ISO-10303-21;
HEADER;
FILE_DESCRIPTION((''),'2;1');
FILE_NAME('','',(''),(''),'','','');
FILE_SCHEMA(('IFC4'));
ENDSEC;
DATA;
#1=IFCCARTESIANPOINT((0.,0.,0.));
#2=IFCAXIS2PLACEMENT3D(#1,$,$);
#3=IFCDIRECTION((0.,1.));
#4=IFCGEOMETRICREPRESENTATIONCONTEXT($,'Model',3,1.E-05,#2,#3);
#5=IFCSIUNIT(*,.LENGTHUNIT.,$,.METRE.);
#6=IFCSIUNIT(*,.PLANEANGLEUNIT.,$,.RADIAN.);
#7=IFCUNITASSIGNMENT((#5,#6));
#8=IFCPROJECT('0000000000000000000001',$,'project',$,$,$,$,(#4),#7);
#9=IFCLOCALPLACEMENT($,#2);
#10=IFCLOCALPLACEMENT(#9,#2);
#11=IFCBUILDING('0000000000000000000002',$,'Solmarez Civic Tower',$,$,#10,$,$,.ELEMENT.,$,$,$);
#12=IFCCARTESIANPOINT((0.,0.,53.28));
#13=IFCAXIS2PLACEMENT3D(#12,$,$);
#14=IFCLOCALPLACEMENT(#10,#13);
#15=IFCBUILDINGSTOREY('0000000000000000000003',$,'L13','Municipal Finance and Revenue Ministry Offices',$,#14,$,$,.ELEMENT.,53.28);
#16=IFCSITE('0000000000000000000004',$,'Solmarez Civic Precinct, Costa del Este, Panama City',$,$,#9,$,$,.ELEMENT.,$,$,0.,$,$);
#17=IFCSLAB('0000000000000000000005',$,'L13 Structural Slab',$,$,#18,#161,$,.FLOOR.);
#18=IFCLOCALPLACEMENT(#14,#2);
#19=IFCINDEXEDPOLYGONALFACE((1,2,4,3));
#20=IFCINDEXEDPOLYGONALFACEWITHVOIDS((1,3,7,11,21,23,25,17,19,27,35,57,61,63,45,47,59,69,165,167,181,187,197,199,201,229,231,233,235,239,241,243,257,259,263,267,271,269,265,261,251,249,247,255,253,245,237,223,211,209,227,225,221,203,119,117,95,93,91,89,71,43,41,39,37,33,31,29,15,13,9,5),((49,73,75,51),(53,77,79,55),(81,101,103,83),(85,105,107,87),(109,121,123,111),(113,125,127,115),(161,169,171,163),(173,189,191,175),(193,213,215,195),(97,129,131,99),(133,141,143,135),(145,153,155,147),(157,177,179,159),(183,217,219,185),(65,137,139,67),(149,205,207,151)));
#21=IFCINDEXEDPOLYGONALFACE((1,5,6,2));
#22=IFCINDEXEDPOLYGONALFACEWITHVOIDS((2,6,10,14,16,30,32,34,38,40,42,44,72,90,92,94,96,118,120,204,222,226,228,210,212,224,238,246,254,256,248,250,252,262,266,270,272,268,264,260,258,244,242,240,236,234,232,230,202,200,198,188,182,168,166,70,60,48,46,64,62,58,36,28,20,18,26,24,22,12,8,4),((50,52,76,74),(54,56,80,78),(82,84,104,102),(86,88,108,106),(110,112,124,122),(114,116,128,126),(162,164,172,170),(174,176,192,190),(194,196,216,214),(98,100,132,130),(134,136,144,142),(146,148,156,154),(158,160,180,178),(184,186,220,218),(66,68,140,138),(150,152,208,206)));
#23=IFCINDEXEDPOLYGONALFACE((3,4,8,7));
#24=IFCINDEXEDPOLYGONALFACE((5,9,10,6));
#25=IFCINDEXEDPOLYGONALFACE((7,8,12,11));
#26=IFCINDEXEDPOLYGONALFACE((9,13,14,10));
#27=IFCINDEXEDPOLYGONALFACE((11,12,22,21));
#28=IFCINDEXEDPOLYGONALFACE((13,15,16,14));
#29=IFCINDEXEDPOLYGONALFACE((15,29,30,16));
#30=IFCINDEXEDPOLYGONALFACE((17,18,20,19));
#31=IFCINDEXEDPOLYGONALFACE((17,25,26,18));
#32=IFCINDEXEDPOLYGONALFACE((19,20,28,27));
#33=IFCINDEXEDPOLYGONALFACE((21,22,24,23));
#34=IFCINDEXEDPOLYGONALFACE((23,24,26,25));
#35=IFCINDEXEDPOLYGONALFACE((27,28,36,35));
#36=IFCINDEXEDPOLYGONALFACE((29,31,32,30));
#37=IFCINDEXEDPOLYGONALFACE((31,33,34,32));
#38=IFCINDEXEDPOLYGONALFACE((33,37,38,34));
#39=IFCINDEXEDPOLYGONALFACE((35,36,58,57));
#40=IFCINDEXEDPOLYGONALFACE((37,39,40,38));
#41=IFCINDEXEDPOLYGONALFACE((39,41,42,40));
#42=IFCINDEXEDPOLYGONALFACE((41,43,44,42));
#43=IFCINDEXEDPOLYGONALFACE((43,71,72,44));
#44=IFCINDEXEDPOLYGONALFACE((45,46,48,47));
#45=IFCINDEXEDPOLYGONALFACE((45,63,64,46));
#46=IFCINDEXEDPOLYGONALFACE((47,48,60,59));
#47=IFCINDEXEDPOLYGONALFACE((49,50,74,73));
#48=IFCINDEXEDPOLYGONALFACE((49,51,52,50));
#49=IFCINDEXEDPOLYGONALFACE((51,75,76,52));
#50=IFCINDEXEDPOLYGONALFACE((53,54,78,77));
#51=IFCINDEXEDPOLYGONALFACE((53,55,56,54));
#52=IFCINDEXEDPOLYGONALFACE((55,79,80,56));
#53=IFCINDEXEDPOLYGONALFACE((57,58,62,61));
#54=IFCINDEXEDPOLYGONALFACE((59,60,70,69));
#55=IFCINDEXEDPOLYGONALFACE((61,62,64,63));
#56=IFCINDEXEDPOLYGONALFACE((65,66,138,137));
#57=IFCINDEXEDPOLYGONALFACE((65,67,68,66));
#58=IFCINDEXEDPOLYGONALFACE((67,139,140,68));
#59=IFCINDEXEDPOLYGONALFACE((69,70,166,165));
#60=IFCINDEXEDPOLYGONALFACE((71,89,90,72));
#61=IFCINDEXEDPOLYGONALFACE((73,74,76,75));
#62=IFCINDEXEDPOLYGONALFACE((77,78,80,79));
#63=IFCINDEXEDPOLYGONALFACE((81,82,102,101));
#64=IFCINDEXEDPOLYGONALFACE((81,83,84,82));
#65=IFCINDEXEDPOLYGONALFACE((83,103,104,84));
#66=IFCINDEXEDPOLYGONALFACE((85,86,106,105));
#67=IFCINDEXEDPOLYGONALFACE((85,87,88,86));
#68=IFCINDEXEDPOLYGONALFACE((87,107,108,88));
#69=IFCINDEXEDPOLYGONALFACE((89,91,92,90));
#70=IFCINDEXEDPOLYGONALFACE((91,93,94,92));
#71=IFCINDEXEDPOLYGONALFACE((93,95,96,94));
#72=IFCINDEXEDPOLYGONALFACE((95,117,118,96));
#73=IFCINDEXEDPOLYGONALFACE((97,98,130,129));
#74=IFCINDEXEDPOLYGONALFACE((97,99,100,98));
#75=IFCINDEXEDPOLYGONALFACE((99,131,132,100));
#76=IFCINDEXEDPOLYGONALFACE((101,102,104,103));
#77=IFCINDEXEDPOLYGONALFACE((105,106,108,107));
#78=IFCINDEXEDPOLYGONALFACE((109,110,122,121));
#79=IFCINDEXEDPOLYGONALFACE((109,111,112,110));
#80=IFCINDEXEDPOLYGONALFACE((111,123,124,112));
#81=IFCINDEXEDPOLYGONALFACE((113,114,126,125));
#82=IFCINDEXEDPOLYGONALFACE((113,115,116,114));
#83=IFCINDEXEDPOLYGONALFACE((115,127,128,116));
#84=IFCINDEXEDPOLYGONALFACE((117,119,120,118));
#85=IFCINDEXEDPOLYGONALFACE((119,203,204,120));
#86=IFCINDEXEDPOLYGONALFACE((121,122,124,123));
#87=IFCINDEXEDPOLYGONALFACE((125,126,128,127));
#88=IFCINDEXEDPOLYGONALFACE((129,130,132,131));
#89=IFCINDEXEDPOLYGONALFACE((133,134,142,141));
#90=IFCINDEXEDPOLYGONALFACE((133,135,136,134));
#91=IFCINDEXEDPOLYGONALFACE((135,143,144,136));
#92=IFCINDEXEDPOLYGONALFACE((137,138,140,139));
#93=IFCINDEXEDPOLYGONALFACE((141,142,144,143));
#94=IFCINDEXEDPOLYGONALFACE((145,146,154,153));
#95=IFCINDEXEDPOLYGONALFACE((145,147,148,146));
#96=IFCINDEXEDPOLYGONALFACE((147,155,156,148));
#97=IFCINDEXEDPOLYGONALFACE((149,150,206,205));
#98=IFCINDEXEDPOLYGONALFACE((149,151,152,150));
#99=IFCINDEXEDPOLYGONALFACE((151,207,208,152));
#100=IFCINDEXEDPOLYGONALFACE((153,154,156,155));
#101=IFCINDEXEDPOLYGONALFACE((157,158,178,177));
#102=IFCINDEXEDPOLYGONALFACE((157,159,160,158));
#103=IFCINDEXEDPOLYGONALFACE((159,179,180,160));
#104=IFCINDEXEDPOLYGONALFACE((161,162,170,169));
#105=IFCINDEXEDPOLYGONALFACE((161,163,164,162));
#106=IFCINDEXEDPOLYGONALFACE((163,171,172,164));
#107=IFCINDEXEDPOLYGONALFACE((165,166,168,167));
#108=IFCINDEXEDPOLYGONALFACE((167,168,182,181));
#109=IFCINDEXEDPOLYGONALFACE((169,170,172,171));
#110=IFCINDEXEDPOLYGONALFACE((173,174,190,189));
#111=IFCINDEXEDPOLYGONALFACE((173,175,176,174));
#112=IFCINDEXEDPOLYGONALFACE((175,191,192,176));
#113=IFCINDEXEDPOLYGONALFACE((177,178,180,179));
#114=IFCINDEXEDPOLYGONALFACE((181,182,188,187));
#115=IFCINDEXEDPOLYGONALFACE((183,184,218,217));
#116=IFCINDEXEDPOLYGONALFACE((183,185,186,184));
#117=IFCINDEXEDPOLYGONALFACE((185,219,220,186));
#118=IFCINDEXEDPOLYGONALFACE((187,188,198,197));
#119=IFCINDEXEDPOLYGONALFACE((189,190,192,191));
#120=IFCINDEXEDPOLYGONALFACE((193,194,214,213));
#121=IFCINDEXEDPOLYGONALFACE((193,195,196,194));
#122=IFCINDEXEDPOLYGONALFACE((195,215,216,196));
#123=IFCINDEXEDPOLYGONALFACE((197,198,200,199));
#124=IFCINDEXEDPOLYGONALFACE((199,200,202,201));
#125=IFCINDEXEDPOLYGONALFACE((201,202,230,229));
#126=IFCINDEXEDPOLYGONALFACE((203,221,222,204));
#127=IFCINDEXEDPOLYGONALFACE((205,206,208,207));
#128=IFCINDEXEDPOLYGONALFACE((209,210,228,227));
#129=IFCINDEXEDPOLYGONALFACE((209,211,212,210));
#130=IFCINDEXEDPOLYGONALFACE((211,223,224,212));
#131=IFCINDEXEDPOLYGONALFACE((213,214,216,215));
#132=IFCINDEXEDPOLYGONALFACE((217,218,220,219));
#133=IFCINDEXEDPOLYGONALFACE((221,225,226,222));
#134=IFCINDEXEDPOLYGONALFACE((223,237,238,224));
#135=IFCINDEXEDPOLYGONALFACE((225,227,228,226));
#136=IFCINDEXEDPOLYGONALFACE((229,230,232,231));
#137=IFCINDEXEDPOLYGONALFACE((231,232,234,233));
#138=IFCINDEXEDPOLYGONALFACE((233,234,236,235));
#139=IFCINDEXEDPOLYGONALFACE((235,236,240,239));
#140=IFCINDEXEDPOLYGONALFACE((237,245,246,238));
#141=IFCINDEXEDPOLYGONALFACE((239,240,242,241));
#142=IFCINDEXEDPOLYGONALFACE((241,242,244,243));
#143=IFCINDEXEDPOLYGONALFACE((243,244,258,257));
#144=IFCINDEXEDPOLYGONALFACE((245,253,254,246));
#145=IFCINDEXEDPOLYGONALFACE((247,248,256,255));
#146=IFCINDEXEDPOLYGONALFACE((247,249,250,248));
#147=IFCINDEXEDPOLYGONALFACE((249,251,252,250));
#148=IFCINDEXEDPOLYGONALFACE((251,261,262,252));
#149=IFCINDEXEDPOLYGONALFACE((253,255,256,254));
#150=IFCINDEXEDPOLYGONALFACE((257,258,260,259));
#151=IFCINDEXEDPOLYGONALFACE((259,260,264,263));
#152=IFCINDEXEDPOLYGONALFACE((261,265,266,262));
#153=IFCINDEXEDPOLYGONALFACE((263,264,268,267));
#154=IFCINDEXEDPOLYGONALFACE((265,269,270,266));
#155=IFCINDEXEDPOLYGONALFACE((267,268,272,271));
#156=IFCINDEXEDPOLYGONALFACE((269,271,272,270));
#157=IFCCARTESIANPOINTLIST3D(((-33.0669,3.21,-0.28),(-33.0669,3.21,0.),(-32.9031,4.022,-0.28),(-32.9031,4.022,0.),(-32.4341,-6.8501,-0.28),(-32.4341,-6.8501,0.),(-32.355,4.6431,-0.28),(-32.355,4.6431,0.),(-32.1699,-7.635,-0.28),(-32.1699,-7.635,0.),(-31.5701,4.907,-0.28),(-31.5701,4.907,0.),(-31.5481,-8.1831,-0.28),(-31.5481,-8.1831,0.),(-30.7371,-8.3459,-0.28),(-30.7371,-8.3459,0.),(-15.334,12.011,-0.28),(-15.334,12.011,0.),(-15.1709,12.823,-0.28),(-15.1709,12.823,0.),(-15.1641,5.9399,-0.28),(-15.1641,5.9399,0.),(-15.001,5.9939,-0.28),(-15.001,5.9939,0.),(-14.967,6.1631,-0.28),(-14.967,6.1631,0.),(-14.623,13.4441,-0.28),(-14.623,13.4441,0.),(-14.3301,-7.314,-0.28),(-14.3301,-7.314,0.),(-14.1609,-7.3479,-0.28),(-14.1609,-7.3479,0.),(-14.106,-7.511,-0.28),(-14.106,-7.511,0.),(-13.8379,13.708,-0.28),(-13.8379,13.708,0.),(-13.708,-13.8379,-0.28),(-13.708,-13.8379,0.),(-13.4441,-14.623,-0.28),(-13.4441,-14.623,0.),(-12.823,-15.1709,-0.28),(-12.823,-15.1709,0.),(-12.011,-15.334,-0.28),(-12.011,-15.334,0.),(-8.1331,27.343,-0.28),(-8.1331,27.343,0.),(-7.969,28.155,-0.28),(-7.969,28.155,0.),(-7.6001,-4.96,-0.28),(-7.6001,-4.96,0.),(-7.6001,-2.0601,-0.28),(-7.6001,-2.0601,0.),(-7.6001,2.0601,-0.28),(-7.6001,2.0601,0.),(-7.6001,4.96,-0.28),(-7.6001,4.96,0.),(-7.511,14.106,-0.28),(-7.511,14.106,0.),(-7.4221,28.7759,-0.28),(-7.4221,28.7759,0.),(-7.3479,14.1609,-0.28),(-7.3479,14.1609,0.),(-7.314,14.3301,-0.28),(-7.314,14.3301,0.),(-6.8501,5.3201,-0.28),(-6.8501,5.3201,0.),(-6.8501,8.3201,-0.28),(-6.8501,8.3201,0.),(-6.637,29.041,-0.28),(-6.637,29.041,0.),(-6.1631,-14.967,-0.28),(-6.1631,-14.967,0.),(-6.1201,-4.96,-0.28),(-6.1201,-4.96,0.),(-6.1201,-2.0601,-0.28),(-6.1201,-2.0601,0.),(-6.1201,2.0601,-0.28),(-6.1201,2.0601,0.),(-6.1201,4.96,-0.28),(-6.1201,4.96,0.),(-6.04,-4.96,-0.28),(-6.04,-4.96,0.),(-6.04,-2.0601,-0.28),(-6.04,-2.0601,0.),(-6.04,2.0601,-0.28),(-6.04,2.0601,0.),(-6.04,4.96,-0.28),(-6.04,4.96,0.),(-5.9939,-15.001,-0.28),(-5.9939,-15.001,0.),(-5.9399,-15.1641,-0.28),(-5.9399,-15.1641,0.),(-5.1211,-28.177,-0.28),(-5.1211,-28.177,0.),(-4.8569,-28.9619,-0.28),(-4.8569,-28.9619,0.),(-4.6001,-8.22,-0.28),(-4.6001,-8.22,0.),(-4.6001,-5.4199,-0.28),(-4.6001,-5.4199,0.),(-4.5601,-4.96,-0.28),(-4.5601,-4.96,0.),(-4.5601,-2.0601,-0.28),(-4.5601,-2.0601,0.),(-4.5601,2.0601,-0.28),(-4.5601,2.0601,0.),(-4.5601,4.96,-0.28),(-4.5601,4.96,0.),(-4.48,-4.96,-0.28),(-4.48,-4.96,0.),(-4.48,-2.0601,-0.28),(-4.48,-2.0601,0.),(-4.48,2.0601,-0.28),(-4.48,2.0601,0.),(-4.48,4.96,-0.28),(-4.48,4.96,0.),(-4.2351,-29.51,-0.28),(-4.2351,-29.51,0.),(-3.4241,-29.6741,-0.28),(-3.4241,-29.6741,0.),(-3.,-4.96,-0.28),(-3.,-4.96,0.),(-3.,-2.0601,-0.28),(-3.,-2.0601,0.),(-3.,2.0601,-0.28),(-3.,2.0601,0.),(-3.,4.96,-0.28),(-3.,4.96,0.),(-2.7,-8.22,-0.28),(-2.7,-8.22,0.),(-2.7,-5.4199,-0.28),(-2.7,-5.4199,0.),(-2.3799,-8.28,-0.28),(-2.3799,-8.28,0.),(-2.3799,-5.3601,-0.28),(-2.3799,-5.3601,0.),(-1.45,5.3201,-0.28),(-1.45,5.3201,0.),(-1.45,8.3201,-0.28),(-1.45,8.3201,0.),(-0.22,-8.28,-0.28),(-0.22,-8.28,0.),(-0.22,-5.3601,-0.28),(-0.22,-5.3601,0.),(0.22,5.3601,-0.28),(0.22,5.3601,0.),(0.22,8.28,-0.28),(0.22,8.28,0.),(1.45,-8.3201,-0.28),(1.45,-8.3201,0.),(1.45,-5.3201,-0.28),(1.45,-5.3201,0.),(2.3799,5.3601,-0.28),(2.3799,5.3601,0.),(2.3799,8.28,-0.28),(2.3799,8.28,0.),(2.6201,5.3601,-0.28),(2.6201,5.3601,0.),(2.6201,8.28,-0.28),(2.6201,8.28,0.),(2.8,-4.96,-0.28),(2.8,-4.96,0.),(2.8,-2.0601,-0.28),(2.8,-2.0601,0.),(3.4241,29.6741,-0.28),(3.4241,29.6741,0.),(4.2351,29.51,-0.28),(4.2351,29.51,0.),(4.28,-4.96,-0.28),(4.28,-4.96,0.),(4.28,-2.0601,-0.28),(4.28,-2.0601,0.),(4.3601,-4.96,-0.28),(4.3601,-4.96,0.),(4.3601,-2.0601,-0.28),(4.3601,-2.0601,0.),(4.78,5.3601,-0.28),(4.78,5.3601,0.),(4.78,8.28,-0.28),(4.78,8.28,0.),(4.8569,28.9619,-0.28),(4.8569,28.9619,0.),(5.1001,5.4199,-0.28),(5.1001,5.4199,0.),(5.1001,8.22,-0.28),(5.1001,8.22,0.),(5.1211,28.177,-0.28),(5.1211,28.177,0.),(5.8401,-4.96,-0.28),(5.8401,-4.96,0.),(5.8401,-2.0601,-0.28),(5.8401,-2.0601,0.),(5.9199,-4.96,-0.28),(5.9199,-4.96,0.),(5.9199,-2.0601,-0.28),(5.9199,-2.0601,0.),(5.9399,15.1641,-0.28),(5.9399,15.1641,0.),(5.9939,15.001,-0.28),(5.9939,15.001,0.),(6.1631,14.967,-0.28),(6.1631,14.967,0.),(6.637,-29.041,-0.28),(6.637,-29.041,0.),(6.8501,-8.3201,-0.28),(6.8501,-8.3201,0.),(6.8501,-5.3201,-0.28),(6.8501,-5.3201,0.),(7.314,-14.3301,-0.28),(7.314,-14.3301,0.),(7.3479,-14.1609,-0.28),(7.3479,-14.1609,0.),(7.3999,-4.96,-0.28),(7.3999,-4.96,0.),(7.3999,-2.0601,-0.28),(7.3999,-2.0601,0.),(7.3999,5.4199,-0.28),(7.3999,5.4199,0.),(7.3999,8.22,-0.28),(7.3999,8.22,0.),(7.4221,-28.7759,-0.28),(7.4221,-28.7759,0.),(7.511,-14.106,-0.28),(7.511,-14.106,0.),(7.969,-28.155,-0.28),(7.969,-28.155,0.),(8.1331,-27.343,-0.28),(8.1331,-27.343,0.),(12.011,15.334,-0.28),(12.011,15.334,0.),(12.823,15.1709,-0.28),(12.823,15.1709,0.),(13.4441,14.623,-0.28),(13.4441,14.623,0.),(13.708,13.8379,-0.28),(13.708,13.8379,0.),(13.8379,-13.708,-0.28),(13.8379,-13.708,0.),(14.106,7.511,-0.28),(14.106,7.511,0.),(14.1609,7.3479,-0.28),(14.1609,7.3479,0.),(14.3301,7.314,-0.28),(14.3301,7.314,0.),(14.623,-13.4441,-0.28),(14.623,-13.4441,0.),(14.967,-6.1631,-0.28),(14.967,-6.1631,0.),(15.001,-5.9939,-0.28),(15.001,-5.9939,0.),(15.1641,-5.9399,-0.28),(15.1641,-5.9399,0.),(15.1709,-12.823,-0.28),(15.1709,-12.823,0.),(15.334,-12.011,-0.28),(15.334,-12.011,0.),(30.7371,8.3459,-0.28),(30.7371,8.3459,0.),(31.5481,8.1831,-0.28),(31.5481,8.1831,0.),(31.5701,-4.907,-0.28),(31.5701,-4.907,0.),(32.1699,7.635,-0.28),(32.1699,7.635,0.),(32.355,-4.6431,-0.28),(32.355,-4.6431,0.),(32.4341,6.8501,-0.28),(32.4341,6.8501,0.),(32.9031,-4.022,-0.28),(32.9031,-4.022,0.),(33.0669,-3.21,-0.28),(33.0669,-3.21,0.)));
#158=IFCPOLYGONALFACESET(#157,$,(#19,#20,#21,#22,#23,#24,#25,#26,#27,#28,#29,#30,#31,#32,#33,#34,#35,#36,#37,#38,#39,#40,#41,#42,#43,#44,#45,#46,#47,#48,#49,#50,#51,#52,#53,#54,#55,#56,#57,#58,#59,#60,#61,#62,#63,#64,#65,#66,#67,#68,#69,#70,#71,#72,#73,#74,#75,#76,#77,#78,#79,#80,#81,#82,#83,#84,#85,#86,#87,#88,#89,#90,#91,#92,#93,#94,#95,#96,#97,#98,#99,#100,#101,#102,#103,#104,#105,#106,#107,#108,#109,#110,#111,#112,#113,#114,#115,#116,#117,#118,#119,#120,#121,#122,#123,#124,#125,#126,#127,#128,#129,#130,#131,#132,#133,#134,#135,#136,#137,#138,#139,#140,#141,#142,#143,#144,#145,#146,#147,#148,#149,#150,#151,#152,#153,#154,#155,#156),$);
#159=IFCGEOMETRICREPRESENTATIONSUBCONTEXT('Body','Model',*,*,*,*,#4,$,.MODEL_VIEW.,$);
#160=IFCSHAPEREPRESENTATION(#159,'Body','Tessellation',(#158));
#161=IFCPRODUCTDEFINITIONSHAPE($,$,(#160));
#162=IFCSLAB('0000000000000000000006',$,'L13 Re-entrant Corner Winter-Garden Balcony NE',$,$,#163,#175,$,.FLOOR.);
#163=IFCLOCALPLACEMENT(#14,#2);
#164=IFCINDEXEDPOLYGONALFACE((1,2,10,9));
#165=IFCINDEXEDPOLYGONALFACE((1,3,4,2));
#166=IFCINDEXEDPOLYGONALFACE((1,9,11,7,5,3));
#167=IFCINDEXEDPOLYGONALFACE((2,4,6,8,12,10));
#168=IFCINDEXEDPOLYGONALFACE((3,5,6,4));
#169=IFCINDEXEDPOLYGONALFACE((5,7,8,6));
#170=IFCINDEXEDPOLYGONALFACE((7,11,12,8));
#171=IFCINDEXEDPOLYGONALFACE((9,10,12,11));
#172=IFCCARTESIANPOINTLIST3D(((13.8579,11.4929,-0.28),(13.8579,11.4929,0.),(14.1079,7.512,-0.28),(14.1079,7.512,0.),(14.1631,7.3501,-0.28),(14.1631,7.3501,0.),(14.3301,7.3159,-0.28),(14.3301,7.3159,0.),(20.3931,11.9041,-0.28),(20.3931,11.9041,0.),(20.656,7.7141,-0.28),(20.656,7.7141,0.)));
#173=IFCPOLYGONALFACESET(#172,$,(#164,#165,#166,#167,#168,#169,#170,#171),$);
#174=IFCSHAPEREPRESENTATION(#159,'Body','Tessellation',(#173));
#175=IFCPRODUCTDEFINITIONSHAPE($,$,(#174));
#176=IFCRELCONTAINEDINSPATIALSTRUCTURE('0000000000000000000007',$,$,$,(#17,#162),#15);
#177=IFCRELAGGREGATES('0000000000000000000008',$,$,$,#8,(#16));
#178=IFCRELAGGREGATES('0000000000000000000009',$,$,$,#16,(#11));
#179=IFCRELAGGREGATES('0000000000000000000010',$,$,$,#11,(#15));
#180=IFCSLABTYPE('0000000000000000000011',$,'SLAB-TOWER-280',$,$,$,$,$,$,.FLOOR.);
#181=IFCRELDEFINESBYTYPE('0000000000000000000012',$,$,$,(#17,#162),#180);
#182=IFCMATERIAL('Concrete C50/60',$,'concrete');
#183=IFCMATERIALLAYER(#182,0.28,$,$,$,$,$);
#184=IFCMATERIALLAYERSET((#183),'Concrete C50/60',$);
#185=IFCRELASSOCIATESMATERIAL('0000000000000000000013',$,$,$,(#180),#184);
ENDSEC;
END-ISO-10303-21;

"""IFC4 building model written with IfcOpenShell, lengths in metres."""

from ifc_helpers import new_model, si_unit, direction, frame, origin, place, context, subcontext, project, spatial, polyline, outline, extrude, material, layer, layer_set, type_object, element, save


model = new_model("IFC4")

# Units and contexts
model_context = context("Model", 3, precision=1e-05, world=origin(), true_north=direction((0.0, 1.0)))
body_context = subcontext(model_context, "Body", "Model", "MODEL_VIEW")
ifc_project = project(units=[si_unit("LENGTHUNIT", "METRE"), si_unit("PLANEANGLEUNIT", "RADIAN")], contexts=[model_context])

# Site, building, storey
site_placement = place(None, origin())
site = spatial("IfcSite", under=ifc_project, at=site_placement, Name="Solmarez Civic Precinct, Costa del Este, Panama City", CompositionType="ELEMENT", RefElevation=0.0)
building_placement = place(site_placement, origin())
building = spatial("IfcBuilding", under=site, at=building_placement, Name="Solmarez Civic Tower", CompositionType="ELEMENT")
storey_placement = place(building_placement, frame((0.0, 0.0, 53.28)))
storey = spatial("IfcBuildingStorey", under=building, at=storey_placement, Name="L13", Description="Municipal Finance and Revenue Ministry Offices", CompositionType="ELEMENT", Elevation=53.28)

# Shared definitions
ifc_material_1 = material(Name="Concrete C50/60", Category="concrete")

# Slabs
ifc_layer_1 = layer(ifc_material_1, 0.28)
ifc_layer_set_1 = layer_set([ifc_layer_1], Name="Concrete C50/60")
slab_type_1 = type_object("IfcSlabType", Name="SLAB-TOWER-280", PredefinedType="FLOOR", material=ifc_layer_set_1)
slab_1_placement = place(storey_placement, frame((0.0, 0.0, -0.28)))
element("IfcSlab", 1, at=slab_1_placement, inside=storey, type_object=slab_type_1, Name="L13 Structural Slab", PredefinedType="FLOOR", context=body_context, shape_type="SweptSolid", body=[
    extrude(outline(polyline([(-14.106, -7.511), (-13.708, -13.8379), (-13.4441, -14.623), (-12.823, -15.1709), (-12.011, -15.334), (-6.1631, -14.967), (-5.9939, -15.001), (-5.9399, -15.1641), (-5.1211, -28.177), (-4.8569, -28.9619), (-4.2351, -29.51), (-3.4241, -29.6741), (6.637, -29.041), (7.4221, -28.7759), (7.969, -28.155), (8.1331, -27.343), (7.314, -14.3301), (7.3479, -14.1609), (7.511, -14.106), (13.8379, -13.708), (14.623, -13.4441), (15.1709, -12.823), (15.334, -12.011), (14.967, -6.1631), (15.001, -5.9939), (15.1641, -5.9399), (31.5701, -4.907), (32.355, -4.6431), (32.9031, -4.022), (33.0669, -3.21), (32.4341, 6.8501), (32.1699, 7.635), (31.5481, 8.1831), (30.7371, 8.3459), (14.3301, 7.314), (14.1609, 7.3479), (14.106, 7.511), (13.708, 13.8379), (13.4441, 14.623), (12.823, 15.1709), (12.011, 15.334), (6.1631, 14.967), (5.9939, 15.001), (5.9399, 15.1641), (5.1211, 28.177), (4.8569, 28.9619), (4.2351, 29.51), (3.4241, 29.6741), (-6.637, 29.041), (-7.4221, 28.7759), (-7.969, 28.155), (-8.1331, 27.343), (-7.314, 14.3301), (-7.3479, 14.1609), (-7.511, 14.106), (-13.8379, 13.708), (-14.623, 13.4441), (-15.1709, 12.823), (-15.334, 12.011), (-14.967, 6.1631), (-15.001, 5.9939), (-15.1641, 5.9399), (-31.5701, 4.907), (-32.355, 4.6431), (-32.9031, 4.022), (-33.0669, 3.21), (-32.4341, -6.8501), (-32.1699, -7.635), (-31.5481, -8.1831), (-30.7371, -8.3459), (-14.3301, -7.314), (-14.1609, -7.3479), (-14.106, -7.511)]), holes=[polyline([(-1.45, 8.3201), (-6.8501, 8.3201), (-6.8501, 5.3201), (-1.45, 5.3201), (-1.45, 8.3201)]), polyline([(1.45, -8.3201), (6.8501, -8.3201), (6.8501, -5.3201), (1.45, -5.3201), (1.45, -8.3201)]), polyline([(0.22, 5.3601), (2.3799, 5.3601), (2.3799, 8.28), (0.22, 8.28), (0.22, 5.3601)]), polyline([(2.6201, 5.3601), (4.78, 5.3601), (4.78, 8.28), (2.6201, 8.28), (2.6201, 5.3601)]), polyline([(-2.3799, -8.28), (-0.22, -8.28), (-0.22, -5.3601), (-2.3799, -5.3601), (-2.3799, -8.28)]), polyline([(2.8, -4.96), (4.28, -4.96), (4.28, -2.0601), (2.8, -2.0601), (2.8, -4.96)]), polyline([(4.3601, -4.96), (5.8401, -4.96), (5.8401, -2.0601), (4.3601, -2.0601), (4.3601, -4.96)]), polyline([(5.9199, -4.96), (7.3999, -4.96), (7.3999, -2.0601), (5.9199, -2.0601), (5.9199, -4.96)]), polyline([(-7.6001, -4.96), (-6.1201, -4.96), (-6.1201, -2.0601), (-7.6001, -2.0601), (-7.6001, -4.96)]), polyline([(-6.04, -4.96), (-4.5601, -4.96), (-4.5601, -2.0601), (-6.04, -2.0601), (-6.04, -4.96)]), polyline([(-4.48, -4.96), (-3.0, -4.96), (-3.0, -2.0601), (-4.48, -2.0601), (-4.48, -4.96)]), polyline([(-7.6001, 2.0601), (-6.1201, 2.0601), (-6.1201, 4.96), (-7.6001, 4.96), (-7.6001, 2.0601)]), polyline([(-6.04, 2.0601), (-4.5601, 2.0601), (-4.5601, 4.96), (-6.04, 4.96), (-6.04, 2.0601)]), polyline([(-4.48, 2.0601), (-3.0, 2.0601), (-3.0, 4.96), (-4.48, 4.96), (-4.48, 2.0601)]), polyline([(5.1001, 5.4199), (7.3999, 5.4199), (7.3999, 8.22), (5.1001, 8.22), (5.1001, 5.4199)]), polyline([(-4.6001, -8.22), (-2.7, -8.22), (-2.7, -5.4199), (-4.6001, -5.4199), (-4.6001, -8.22)])]), origin(), (0.0, 0.0, 1.0), 0.28),
])
slab_2_placement = place(storey_placement, frame((0.0, 0.0, -0.28)))
element("IfcSlab", 2, at=slab_2_placement, inside=storey, type_object=slab_type_1, Name="L13 Re-entrant Corner Winter-Garden Balcony NE", PredefinedType="FLOOR", context=body_context, shape_type="SweptSolid", body=[
    extrude(outline(polyline([(13.8579, 11.4929), (14.1079, 7.512), (14.1631, 7.3501), (14.3301, 7.3159), (20.656, 7.7141), (20.3931, 11.9041), (13.8579, 11.4929)])), origin(), (0.0, 0.0, 1.0), 0.28),
])

save(model, "model.ifc")
